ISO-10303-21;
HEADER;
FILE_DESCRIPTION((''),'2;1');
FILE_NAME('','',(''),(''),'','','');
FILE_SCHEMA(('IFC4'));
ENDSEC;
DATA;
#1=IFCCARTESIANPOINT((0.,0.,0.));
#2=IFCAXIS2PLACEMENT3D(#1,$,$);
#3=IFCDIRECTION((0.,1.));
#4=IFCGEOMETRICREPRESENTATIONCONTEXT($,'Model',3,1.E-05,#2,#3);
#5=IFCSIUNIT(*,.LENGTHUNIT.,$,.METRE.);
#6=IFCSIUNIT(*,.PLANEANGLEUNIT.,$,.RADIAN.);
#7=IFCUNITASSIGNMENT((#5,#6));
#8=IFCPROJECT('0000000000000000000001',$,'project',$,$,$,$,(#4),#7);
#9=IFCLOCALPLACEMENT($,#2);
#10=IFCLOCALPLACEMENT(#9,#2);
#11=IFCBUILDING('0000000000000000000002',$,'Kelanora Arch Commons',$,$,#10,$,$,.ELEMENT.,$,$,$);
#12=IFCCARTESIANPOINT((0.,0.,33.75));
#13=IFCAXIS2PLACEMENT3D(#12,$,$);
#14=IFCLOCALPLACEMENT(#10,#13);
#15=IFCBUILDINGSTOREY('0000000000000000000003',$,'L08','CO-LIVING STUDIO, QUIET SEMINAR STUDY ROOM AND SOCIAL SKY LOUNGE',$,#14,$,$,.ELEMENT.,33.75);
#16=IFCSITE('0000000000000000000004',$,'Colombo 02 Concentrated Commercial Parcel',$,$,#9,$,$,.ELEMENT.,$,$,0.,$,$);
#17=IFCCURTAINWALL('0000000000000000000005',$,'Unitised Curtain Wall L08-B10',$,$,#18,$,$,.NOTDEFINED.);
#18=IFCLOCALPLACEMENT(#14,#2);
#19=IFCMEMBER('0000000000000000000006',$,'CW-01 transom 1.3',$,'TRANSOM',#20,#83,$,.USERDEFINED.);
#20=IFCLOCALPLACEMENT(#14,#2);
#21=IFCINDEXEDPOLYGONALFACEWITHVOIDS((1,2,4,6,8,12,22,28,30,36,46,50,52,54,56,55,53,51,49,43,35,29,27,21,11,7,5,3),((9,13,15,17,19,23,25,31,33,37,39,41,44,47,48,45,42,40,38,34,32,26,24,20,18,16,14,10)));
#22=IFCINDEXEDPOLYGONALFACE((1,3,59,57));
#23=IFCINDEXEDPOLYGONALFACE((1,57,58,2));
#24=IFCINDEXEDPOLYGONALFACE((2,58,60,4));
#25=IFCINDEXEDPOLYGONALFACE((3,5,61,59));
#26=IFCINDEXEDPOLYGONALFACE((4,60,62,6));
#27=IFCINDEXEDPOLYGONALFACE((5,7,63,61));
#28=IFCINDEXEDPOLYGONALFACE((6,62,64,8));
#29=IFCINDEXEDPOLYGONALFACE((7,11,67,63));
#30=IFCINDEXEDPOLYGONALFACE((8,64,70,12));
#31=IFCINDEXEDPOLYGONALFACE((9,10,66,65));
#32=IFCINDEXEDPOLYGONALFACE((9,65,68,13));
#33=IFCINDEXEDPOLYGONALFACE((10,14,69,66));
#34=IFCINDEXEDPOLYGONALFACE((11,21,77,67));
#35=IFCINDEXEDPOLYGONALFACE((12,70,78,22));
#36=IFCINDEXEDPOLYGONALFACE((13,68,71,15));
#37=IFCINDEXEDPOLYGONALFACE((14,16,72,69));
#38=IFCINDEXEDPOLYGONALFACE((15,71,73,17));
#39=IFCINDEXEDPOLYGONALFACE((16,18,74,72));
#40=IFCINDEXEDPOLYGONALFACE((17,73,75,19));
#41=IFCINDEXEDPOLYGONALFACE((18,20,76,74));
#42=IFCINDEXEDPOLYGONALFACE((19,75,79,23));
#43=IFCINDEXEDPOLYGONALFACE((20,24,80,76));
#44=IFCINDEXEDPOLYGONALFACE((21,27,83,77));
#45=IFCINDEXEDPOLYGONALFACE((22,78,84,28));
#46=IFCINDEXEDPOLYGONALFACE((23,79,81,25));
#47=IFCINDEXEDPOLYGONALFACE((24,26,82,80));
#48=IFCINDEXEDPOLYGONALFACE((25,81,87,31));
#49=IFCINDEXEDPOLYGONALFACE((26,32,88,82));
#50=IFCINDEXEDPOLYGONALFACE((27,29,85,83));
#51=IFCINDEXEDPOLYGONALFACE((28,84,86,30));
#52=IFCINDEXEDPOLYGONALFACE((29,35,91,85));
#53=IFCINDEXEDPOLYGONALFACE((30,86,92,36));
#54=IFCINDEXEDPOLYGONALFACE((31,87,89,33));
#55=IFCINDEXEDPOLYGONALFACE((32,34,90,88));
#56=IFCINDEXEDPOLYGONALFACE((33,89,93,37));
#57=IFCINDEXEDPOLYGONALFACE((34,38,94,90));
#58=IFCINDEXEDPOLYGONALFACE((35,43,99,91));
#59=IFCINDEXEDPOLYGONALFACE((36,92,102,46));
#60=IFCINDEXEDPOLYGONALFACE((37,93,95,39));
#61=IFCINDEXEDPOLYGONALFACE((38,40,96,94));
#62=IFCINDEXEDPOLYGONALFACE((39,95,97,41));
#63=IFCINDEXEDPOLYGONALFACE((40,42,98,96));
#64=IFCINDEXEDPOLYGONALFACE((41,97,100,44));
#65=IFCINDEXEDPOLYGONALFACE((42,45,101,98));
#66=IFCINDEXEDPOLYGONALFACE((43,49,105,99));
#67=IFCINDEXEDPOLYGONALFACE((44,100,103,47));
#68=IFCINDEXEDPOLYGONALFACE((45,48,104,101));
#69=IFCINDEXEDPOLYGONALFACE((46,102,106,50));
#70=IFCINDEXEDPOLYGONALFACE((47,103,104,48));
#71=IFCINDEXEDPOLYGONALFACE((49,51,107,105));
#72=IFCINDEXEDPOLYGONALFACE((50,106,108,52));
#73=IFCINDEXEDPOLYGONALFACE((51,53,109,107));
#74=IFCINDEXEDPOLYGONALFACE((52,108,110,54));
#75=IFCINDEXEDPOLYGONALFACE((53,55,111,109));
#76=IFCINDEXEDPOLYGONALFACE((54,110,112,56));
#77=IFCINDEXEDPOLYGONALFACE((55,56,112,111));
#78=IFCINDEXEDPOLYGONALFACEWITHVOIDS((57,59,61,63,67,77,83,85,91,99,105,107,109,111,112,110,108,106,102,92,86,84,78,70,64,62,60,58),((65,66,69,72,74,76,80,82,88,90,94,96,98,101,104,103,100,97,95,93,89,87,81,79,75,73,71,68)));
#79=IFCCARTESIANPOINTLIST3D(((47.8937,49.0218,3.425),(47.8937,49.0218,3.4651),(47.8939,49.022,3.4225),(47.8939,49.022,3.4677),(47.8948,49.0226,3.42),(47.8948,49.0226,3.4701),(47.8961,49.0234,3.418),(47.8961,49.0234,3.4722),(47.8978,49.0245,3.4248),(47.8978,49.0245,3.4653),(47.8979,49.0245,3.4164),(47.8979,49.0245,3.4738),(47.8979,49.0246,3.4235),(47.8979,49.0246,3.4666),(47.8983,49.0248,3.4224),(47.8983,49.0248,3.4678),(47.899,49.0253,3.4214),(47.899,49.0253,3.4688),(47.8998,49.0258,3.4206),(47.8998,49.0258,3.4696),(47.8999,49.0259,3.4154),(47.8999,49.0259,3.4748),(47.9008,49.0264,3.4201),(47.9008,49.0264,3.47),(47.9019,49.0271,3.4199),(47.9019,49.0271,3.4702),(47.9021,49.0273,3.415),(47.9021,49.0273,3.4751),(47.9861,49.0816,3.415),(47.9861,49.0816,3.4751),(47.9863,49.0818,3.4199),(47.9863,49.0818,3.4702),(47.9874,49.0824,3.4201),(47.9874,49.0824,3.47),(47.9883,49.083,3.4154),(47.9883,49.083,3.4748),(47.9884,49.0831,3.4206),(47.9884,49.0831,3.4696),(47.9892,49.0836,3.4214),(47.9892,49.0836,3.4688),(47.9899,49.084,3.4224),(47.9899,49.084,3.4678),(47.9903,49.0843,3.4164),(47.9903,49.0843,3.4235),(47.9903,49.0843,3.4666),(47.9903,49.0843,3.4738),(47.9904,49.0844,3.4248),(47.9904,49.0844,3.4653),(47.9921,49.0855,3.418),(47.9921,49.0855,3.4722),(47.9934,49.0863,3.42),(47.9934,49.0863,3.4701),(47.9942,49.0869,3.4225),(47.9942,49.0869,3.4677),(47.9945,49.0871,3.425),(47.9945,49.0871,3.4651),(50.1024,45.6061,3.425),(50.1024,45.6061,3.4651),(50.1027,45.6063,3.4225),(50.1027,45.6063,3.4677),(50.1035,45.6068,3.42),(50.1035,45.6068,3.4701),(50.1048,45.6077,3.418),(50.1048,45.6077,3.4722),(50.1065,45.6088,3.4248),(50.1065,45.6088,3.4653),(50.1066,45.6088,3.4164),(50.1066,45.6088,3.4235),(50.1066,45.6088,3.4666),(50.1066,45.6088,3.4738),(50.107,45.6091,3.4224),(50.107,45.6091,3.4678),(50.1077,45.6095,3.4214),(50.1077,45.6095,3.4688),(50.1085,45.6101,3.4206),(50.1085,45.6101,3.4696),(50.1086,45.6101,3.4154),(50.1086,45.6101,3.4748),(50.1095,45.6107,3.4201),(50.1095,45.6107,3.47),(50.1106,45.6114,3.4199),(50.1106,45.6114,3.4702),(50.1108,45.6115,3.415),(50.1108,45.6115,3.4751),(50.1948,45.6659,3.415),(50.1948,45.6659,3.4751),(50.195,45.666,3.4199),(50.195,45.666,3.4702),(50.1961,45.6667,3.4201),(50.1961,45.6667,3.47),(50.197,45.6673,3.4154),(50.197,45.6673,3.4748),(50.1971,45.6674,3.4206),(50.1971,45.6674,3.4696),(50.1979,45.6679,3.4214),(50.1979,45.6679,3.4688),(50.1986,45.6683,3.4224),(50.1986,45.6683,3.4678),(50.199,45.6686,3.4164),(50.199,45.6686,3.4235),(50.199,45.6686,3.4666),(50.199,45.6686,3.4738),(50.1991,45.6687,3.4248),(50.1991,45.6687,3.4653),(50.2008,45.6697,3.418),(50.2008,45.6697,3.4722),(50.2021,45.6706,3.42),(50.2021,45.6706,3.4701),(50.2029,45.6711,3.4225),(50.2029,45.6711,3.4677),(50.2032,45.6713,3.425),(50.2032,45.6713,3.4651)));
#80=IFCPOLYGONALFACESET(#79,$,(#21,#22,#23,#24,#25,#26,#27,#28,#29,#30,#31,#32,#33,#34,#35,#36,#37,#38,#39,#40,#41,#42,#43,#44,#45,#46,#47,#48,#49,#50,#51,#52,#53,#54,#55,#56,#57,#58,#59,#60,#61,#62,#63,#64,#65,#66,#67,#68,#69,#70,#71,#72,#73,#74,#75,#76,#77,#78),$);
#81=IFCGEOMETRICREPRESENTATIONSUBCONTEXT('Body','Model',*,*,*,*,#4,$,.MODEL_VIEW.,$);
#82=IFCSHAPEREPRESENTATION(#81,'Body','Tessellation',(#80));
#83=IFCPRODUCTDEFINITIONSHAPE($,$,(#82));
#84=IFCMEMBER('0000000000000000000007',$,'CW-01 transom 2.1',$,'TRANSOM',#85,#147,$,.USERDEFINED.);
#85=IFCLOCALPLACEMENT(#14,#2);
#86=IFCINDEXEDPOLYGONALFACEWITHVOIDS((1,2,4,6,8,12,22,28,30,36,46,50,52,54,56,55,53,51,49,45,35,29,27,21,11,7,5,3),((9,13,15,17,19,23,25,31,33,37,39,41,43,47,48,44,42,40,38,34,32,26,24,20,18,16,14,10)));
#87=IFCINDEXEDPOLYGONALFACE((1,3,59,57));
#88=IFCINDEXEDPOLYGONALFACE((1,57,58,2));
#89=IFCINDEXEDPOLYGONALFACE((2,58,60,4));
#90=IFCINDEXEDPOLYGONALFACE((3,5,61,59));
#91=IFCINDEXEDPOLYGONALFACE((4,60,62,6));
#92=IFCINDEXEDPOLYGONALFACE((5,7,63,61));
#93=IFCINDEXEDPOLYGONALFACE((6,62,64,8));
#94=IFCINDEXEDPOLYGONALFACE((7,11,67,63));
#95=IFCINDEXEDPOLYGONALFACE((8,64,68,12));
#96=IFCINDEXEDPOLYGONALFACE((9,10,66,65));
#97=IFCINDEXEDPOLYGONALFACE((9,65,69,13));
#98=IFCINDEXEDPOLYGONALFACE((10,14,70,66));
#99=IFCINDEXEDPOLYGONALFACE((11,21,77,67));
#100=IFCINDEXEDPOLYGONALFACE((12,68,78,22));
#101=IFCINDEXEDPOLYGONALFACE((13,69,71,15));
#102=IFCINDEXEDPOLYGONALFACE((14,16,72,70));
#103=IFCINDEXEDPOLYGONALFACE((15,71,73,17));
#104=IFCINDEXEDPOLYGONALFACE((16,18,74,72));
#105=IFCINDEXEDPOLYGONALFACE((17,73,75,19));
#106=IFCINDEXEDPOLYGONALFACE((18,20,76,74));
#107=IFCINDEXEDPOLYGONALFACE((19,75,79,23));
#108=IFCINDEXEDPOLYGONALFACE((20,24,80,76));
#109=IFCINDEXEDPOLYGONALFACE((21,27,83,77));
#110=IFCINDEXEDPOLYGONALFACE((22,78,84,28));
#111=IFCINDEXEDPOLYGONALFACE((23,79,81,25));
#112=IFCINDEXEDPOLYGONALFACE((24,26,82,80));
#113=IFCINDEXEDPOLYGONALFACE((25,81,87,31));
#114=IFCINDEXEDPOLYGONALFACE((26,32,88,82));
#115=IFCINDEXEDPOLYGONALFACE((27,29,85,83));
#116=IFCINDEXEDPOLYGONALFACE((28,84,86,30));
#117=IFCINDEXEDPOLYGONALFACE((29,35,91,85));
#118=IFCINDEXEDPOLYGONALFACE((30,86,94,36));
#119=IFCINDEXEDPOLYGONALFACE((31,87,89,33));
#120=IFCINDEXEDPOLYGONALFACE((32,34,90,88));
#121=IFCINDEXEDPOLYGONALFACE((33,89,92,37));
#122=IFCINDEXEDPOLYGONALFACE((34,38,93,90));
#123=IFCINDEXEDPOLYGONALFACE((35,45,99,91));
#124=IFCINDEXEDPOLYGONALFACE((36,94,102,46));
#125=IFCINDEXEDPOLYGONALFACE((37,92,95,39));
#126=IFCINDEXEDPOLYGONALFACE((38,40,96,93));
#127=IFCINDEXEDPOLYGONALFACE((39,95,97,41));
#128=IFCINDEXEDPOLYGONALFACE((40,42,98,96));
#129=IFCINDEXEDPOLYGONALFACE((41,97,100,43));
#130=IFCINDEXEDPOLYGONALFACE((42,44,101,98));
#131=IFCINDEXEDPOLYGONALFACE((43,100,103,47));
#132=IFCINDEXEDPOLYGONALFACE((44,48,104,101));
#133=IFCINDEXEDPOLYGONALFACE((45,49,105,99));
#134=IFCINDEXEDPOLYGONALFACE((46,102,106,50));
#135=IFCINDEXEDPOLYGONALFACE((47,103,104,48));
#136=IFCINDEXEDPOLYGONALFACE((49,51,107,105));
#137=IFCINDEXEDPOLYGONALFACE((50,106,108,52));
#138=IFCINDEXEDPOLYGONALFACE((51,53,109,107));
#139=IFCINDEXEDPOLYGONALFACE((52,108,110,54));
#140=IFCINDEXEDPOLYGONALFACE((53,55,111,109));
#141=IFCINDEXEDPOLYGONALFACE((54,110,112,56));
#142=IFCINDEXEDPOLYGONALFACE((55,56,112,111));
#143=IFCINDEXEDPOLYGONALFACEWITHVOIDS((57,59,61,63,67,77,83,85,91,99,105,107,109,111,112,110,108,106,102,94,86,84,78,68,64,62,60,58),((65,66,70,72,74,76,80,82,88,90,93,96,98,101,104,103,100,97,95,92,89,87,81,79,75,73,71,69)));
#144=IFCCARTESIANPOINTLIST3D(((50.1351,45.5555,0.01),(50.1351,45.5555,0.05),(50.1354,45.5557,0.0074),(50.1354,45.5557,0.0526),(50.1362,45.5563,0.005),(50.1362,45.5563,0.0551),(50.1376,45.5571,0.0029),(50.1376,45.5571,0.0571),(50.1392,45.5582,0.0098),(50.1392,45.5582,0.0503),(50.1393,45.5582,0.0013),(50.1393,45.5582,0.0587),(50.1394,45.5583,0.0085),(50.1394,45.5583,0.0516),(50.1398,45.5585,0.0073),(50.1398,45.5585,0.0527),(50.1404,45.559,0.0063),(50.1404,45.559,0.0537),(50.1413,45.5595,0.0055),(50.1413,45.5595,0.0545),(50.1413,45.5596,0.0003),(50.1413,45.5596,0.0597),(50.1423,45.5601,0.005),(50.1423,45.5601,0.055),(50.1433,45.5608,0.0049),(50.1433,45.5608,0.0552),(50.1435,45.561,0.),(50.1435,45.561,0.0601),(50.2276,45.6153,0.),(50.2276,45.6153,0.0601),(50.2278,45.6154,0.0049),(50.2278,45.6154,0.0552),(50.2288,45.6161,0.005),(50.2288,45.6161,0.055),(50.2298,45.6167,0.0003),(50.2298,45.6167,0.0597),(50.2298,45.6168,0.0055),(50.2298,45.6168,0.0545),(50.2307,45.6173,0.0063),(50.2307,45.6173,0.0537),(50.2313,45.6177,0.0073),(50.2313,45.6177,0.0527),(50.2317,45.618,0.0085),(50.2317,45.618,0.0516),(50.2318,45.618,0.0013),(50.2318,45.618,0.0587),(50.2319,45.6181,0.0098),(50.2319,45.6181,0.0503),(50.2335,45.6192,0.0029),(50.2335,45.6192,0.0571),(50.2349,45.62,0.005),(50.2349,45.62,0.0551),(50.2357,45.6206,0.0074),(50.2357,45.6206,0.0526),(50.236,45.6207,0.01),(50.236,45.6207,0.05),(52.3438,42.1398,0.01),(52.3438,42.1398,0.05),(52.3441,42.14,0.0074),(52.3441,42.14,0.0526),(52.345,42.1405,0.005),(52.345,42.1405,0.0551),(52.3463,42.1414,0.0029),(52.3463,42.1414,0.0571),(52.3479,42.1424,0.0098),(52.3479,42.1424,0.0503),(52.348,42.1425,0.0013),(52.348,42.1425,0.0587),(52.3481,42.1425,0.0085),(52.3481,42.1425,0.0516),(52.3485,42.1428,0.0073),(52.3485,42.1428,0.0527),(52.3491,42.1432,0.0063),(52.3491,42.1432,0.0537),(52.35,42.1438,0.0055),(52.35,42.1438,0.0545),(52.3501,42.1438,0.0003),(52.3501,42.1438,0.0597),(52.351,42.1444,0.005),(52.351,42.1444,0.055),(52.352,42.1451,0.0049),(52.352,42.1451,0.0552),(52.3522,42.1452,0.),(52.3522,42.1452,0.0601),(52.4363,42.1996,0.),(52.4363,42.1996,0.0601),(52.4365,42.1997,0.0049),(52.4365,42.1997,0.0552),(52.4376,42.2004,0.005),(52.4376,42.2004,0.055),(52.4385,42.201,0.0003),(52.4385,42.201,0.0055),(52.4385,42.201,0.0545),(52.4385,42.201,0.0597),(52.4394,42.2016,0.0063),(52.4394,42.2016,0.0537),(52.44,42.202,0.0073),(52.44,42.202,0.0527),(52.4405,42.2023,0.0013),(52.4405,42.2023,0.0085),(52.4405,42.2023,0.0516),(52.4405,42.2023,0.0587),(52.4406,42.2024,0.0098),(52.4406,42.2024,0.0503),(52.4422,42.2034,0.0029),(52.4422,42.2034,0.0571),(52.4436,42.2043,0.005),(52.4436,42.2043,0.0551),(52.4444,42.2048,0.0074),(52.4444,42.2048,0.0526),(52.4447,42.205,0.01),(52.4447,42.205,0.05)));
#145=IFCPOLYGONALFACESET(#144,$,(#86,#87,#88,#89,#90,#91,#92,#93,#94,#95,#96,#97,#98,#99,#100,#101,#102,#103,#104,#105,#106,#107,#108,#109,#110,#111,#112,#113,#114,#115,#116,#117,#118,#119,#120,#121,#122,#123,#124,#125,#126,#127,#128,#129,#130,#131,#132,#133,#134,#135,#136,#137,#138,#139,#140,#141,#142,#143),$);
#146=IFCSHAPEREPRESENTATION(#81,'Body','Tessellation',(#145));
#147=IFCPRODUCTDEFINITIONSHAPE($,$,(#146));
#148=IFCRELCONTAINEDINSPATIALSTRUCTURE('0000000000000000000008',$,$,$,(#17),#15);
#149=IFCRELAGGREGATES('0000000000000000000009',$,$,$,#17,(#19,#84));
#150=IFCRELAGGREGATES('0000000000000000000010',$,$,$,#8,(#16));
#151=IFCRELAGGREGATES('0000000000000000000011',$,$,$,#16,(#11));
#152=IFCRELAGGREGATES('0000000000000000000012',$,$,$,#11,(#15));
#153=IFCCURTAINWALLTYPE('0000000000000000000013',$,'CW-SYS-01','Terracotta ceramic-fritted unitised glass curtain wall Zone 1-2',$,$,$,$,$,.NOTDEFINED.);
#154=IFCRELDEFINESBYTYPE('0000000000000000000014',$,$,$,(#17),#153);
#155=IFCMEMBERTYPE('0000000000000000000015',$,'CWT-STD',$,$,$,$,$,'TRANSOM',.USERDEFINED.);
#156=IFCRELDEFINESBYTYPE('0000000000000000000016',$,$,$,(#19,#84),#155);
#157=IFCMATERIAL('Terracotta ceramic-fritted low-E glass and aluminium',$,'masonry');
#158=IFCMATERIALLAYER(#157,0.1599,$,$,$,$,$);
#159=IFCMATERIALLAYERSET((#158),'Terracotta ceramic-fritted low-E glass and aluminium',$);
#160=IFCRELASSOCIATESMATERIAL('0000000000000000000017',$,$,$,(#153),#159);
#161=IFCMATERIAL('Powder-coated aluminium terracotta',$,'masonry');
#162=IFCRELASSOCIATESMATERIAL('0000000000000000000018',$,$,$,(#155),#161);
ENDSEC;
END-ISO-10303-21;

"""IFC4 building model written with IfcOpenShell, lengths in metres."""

from ifc_helpers import new_model, si_unit, direction, frame, origin, origin_2d, place, context, subcontext, project, spatial, hollow_rectangle, extrude, material, layer, layer_set, material_profile, profile_set, type_object, element, aggregate, save


model = new_model("IFC4")

# Units and contexts
model_context = context("Model", 3, precision=1e-05, world=origin(), true_north=direction((0.0, 1.0)))
body_context = subcontext(model_context, "Body", "Model", "MODEL_VIEW")
ifc_project = project(units=[si_unit("LENGTHUNIT", "METRE"), si_unit("PLANEANGLEUNIT", "RADIAN")], contexts=[model_context])

# Site, building, storey
site_placement = place(None, origin())
site = spatial("IfcSite", under=ifc_project, at=site_placement, Name="Colombo 02 Concentrated Commercial Parcel", CompositionType="ELEMENT", RefElevation=0.0)
building_placement = place(site_placement, origin())
building = spatial("IfcBuilding", under=site, at=building_placement, Name="Kelanora Arch Commons", CompositionType="ELEMENT")
storey_placement = place(building_placement, frame((0.0, 0.0, 33.75)))
storey = spatial("IfcBuildingStorey", under=building, at=storey_placement, Name="L08", Description="CO-LIVING STUDIO, QUIET SEMINAR STUDY ROOM AND SOCIAL SKY LOUNGE", CompositionType="ELEMENT", Elevation=33.75)

# Curtain wall, members
ifc_material_1 = material(Name="Terracotta ceramic-fritted low-E glass and aluminium", Category="masonry")
ifc_layer_1 = layer(ifc_material_1, 0.1599)
ifc_layer_set_1 = layer_set([ifc_layer_1], Name="Terracotta ceramic-fritted low-E glass and aluminium")
curtain_wall_type = type_object("IfcCurtainWallType", Name="CW-SYS-01", Description="Terracotta ceramic-fritted unitised glass curtain wall Zone 1-2", PredefinedType="NOTDEFINED", material=ifc_layer_set_1)
curtain_wall_placement = place(storey_placement, origin())
curtain_wall = element("IfcCurtainWall", 1, at=curtain_wall_placement, inside=storey, type_object=curtain_wall_type, Name="Unitised Curtain Wall L08-B10", PredefinedType="NOTDEFINED")
ifc_material_2 = material(Name="Powder-coated aluminium terracotta", Category="masonry")
ifc_material_profile_1 = material_profile(ifc_material_2, hollow_rectangle(XDim=0.1201, YDim=0.0601, WallThickness=0.0049, InnerFilletRadius=0.0049, OuterFilletRadius=0.01, at=origin_2d()), Name="CWT120x60")
ifc_profile_set_1 = profile_set([ifc_material_profile_1], Name="Powder-coated aluminium terracotta")
member_type_1 = type_object("IfcMemberType", Name="CWT-STD", ElementType="TRANSOM", PredefinedType="USERDEFINED", material=ifc_profile_set_1)
member_1_placement = place(storey_placement, frame((47.9441, 49.0544, 3.4451), z_axis=(0.542997, -0.839734, 0.0), x_axis=(0.839734, 0.542997, 0.0)))
member_1 = element("IfcMember", 2, at=member_1_placement, type_object=member_type_1, Name="CW-01 transom 1.3", ObjectType="TRANSOM", PredefinedType="USERDEFINED", context=body_context, shape_type="SweptSolid", body=[
    extrude(hollow_rectangle(XDim=0.1201, YDim=0.0601, WallThickness=0.0049, InnerFilletRadius=0.0049, OuterFilletRadius=0.01, at=origin_2d()), origin(), (0.0, 0.0, 1.0), 4.0676),
])
member_2_placement = place(storey_placement, frame((50.1855, 45.5881, 0.03), z_axis=(0.542997, -0.839734, 0.0), x_axis=(0.839734, 0.542997, 0.0)))
member_2 = element("IfcMember", 3, at=member_2_placement, type_object=member_type_1, Name="CW-01 transom 2.1", ObjectType="TRANSOM", PredefinedType="USERDEFINED", context=body_context, shape_type="SweptSolid", body=[
    extrude(hollow_rectangle(XDim=0.1201, YDim=0.0601, WallThickness=0.0049, InnerFilletRadius=0.0049, OuterFilletRadius=0.01, at=origin_2d()), origin(), (0.0, 0.0, 1.0), 4.0676),
])

aggregate(curtain_wall, [member_1, member_2])

save(model, "model.ifc")
